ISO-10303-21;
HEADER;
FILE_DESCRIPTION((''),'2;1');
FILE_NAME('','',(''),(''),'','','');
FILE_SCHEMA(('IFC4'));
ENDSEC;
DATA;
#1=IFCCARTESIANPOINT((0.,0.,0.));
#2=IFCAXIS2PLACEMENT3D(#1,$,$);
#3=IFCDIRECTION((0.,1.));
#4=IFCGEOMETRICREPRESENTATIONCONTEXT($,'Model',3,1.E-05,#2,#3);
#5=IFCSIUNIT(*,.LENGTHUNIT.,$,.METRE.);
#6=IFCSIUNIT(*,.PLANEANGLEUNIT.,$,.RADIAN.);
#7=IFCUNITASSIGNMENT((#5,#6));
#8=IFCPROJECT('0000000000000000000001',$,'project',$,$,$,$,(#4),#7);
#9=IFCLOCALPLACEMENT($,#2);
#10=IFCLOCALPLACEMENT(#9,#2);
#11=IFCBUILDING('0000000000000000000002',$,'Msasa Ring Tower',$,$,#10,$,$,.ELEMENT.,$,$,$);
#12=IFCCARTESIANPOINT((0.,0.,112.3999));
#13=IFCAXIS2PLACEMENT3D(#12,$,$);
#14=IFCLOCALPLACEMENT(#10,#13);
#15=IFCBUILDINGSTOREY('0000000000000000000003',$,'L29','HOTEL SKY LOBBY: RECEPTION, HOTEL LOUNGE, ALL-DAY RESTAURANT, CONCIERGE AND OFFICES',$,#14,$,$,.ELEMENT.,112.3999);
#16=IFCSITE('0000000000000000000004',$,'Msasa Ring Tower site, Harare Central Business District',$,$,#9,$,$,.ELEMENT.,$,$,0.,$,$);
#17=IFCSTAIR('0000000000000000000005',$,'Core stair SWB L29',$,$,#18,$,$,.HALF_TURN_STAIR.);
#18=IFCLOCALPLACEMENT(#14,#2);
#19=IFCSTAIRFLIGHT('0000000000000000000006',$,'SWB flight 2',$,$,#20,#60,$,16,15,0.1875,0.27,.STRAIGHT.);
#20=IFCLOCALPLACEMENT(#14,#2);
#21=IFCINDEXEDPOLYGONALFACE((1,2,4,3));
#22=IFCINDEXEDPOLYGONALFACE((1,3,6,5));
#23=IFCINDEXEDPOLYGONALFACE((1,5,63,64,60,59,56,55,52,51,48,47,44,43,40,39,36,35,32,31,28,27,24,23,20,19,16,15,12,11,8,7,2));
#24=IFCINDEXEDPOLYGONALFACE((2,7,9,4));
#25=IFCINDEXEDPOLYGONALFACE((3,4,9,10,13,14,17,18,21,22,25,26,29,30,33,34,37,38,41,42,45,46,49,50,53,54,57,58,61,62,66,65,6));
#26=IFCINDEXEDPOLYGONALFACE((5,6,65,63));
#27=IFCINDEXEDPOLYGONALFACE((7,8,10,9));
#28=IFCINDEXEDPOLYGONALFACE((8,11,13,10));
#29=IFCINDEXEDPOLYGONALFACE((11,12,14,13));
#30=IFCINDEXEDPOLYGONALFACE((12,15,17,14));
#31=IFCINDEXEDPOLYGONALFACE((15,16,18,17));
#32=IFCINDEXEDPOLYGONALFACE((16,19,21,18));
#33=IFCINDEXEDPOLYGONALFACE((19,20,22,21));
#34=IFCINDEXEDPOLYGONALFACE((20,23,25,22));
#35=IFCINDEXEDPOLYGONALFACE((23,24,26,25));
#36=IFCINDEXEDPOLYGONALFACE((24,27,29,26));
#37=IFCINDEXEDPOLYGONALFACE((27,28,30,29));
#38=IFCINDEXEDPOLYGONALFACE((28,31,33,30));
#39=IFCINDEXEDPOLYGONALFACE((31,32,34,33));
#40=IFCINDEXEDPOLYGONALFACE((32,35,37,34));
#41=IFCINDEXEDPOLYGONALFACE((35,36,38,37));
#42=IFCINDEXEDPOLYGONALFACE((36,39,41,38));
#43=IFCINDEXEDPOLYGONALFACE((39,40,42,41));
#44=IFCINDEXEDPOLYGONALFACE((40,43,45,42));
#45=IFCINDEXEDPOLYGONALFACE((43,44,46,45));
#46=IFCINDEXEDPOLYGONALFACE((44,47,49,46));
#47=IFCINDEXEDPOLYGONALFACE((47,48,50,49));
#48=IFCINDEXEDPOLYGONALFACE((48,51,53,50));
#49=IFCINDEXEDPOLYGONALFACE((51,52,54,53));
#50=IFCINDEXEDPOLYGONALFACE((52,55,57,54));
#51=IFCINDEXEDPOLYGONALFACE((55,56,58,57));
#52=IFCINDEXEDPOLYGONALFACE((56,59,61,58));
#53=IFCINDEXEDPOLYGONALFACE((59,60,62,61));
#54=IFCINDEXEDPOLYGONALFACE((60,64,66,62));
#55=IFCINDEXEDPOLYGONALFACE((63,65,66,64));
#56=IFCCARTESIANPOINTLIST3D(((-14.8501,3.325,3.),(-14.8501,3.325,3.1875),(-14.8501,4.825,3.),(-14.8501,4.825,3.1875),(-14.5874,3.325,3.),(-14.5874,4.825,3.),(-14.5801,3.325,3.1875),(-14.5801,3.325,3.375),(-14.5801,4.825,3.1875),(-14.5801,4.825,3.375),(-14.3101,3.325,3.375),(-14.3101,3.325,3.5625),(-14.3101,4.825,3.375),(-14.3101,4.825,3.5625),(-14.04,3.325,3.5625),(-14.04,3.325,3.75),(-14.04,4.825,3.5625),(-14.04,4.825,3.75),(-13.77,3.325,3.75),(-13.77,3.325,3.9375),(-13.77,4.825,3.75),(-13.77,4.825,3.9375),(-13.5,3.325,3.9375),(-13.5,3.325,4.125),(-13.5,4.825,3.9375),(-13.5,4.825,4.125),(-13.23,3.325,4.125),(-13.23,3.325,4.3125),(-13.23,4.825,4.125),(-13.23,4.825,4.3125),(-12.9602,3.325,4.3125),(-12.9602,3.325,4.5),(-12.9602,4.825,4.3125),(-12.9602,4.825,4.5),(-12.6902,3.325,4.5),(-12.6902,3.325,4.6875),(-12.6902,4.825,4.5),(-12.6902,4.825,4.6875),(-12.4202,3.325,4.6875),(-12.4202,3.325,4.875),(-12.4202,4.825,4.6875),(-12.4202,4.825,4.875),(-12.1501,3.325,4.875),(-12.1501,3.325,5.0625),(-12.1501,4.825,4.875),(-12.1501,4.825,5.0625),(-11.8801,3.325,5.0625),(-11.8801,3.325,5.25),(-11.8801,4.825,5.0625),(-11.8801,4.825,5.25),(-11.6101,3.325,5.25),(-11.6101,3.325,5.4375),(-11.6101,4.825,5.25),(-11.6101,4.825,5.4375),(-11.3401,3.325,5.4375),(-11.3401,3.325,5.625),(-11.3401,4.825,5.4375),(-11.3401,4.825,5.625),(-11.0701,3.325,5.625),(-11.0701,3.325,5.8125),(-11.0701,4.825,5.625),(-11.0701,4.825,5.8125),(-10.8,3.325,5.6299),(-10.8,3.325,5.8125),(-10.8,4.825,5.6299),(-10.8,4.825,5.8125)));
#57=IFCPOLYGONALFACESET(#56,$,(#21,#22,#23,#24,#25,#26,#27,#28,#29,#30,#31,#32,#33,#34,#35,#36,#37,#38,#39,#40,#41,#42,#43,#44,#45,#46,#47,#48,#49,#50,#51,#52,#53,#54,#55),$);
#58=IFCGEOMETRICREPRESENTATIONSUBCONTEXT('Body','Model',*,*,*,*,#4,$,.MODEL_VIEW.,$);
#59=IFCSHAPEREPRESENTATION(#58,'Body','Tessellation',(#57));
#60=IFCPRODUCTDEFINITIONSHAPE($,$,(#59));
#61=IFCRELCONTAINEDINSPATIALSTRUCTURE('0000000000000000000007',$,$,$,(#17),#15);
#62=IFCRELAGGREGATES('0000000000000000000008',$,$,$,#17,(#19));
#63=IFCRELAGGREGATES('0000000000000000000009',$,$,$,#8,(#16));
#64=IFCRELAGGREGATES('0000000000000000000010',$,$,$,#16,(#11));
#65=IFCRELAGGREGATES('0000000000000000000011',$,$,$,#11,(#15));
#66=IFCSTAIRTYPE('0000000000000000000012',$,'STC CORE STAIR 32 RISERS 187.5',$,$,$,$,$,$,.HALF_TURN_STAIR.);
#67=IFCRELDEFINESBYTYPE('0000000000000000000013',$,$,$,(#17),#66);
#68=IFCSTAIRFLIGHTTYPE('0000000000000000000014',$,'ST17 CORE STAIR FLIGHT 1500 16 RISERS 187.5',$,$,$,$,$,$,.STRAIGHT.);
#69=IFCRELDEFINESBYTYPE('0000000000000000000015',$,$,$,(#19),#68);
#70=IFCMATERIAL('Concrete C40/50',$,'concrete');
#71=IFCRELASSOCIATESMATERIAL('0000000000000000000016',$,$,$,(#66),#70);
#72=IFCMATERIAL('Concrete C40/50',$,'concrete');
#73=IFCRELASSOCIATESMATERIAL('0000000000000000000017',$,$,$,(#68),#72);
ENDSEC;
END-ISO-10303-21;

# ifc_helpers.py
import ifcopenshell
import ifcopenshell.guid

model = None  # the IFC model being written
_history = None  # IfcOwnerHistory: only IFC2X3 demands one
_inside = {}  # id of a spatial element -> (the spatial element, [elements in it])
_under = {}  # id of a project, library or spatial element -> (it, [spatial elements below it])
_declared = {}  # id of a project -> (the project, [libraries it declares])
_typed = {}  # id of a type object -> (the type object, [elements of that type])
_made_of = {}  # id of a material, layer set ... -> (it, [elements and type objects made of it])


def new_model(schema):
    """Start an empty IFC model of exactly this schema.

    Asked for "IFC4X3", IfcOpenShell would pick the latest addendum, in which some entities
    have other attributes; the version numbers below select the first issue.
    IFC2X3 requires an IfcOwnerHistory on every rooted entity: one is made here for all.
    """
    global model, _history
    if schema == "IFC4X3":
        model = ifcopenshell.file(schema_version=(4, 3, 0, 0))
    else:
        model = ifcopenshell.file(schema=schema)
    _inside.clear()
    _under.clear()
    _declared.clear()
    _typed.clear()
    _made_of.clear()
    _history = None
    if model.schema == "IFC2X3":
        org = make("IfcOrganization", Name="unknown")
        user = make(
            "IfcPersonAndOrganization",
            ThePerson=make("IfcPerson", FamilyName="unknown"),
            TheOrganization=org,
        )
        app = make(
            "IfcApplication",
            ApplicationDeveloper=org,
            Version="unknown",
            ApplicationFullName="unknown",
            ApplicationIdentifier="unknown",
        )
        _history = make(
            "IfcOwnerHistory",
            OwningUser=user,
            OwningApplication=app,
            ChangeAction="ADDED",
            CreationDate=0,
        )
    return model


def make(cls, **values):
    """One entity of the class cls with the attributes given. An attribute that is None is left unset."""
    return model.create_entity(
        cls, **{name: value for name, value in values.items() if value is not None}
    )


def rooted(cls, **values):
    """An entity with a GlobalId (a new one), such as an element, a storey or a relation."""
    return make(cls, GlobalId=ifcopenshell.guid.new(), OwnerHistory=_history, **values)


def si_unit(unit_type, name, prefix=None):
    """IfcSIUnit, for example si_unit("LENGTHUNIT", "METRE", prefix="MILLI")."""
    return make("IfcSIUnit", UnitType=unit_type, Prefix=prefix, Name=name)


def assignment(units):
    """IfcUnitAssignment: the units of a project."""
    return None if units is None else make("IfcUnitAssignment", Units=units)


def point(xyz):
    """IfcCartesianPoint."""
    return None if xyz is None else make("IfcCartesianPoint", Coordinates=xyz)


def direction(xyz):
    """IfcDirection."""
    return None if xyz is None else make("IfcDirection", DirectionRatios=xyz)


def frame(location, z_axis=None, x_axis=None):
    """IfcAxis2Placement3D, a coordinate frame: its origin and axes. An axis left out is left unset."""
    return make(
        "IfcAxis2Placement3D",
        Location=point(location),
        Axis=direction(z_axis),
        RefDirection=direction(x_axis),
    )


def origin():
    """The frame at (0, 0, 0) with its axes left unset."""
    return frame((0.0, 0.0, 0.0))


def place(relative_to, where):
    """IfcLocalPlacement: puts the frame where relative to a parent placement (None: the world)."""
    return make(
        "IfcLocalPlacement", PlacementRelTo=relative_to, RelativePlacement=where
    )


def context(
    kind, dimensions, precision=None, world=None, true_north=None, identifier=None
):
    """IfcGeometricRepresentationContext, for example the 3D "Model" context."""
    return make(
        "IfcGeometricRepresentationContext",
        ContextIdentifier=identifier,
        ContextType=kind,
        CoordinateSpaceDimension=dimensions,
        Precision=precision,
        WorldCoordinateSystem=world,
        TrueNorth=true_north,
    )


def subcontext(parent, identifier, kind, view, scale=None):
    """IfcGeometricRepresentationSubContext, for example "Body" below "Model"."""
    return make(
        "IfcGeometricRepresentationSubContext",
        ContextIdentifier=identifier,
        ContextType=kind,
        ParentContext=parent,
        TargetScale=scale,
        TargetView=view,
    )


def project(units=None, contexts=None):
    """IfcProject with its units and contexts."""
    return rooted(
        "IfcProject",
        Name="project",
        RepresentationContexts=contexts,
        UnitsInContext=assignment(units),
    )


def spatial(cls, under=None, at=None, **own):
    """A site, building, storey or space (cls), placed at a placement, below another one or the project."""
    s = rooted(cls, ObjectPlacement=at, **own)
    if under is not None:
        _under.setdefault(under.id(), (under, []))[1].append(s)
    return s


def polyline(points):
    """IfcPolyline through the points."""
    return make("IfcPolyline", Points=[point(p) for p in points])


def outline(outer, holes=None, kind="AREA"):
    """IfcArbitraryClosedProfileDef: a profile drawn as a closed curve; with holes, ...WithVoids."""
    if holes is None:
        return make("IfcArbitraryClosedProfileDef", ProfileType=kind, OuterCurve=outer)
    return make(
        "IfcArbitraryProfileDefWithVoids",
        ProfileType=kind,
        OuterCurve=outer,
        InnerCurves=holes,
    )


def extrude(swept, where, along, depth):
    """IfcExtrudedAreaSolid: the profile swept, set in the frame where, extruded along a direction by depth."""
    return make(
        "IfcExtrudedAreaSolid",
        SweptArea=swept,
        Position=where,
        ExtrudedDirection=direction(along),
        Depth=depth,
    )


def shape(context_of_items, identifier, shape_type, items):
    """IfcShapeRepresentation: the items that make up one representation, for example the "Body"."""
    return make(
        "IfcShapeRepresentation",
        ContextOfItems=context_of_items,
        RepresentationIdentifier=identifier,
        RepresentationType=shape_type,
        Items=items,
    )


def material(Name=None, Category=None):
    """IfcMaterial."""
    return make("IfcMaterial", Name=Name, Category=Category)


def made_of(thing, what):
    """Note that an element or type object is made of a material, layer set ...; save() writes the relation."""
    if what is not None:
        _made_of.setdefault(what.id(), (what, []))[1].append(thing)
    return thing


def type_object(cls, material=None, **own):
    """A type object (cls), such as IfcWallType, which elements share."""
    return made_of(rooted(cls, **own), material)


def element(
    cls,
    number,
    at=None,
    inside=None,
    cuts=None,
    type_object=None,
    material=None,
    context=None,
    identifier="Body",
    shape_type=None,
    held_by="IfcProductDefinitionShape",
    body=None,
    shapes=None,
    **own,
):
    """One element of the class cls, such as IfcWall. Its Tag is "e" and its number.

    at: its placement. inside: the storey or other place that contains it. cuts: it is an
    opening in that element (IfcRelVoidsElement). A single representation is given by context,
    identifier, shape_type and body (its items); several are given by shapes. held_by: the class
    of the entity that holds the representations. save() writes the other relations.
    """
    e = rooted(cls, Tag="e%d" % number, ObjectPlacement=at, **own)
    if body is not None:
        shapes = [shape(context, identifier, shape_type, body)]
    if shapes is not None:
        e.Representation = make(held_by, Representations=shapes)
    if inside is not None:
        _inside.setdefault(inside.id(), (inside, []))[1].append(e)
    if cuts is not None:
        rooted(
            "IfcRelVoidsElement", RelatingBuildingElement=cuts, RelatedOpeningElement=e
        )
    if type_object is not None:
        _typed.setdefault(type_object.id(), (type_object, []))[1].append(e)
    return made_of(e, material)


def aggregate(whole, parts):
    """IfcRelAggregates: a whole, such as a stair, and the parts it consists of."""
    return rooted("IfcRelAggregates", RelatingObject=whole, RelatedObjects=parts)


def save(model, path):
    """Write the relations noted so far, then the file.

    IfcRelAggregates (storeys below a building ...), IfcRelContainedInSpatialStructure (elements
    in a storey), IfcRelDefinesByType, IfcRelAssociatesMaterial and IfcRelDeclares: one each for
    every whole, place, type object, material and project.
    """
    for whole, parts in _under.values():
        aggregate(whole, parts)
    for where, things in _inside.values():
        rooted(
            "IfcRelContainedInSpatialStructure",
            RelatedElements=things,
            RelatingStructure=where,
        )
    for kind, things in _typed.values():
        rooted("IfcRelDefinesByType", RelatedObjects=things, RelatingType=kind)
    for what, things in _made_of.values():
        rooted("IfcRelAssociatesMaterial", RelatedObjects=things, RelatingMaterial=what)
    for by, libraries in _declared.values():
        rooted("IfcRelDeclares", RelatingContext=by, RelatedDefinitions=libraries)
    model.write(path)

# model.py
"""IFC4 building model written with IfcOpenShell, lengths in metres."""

from ifc_helpers import new_model, si_unit, direction, frame, origin, place, context, subcontext, project, spatial, polyline, outline, extrude, material, type_object, element, aggregate, save


model = new_model("IFC4")

# Units and contexts
model_context = context("Model", 3, precision=1e-05, world=origin(), true_north=direction((0.0, 1.0)))
body_context = subcontext(model_context, "Body", "Model", "MODEL_VIEW")
ifc_project = project(units=[si_unit("LENGTHUNIT", "METRE"), si_unit("PLANEANGLEUNIT", "RADIAN")], contexts=[model_context])

# Site, building, storey
site_placement = place(None, origin())
site = spatial("IfcSite", under=ifc_project, at=site_placement, Name="Msasa Ring Tower site, Harare Central Business District", CompositionType="ELEMENT", RefElevation=0.0)
building_placement = place(site_placement, origin())
building = spatial("IfcBuilding", under=site, at=building_placement, Name="Msasa Ring Tower", CompositionType="ELEMENT")
storey_placement = place(building_placement, frame((0.0, 0.0, 112.3999)))
storey = spatial("IfcBuildingStorey", under=building, at=storey_placement, Name="L29", Description="HOTEL SKY LOBBY: RECEPTION, HOTEL LOUNGE, ALL-DAY RESTAURANT, CONCIERGE AND OFFICES", CompositionType="ELEMENT", Elevation=112.3999)

# Stair, stair flight
ifc_material_1 = material(Name="Concrete C40/50", Category="concrete")
stair_type = type_object("IfcStairType", Name="STC CORE STAIR 32 RISERS 187.5", PredefinedType="HALF_TURN_STAIR", material=ifc_material_1)
stair_placement = place(storey_placement, origin())
stair = element("IfcStair", 1, at=stair_placement, inside=storey, type_object=stair_type, Name="Core stair SWB L29", PredefinedType="HALF_TURN_STAIR")
ifc_material_2 = material(Name="Concrete C40/50", Category="concrete")
stair_flight_type = type_object("IfcStairFlightType", Name="ST17 CORE STAIR FLIGHT 1500 16 RISERS 187.5", PredefinedType="STRAIGHT", material=ifc_material_2)
stair_flight_placement = place(storey_placement, frame((-14.8501, 4.075, 3.0), z_axis=(0.0, 0.0, 1.0), x_axis=(1.0, 0.0, 0.0)))
stair_flight = element("IfcStairFlight", 2, at=stair_flight_placement, type_object=stair_flight_type, Name="SWB flight 2", NumberOfRisers=16, NumberOfTreads=15, PredefinedType="STRAIGHT", RiserHeight=0.1875, TreadLength=0.27, context=body_context, shape_type="SweptSolid", body=[
    extrude(outline(polyline([(0.0, 0.0), (0.0, 0.1875), (0.27, 0.1875), (0.27, 0.375), (0.54, 0.375), (0.54, 0.5625), (0.8101, 0.5625), (0.8101, 0.75), (1.0801, 0.75), (1.0801, 0.9375), (1.3501, 0.9375), (1.3501, 1.125), (1.6201, 1.125), (1.6201, 1.3125), (1.8899, 1.3125), (1.8899, 1.5), (2.1599, 1.5), (2.1599, 1.6875), (2.4299, 1.6875), (2.4299, 1.875), (2.7, 1.875), (2.7, 2.0625), (2.97, 2.0625), (2.97, 2.25), (3.24, 2.25), (3.24, 2.4375), (3.51, 2.4375), (3.51, 2.625), (3.78, 2.625), (3.78, 2.8125), (4.05, 2.8125), (4.05, 3.0), (4.05, 2.6299), (0.2627, 0.0), (0.0, 0.0)])), frame((0.0, 0.75, 0.0), z_axis=(0.0, -1.0, 0.0), x_axis=(1.0, 0.0, 0.0)), (0.0, 0.0, 1.0), 1.5),
])
aggregate(stair, [stair_flight])

save(model, "model.ifc")
